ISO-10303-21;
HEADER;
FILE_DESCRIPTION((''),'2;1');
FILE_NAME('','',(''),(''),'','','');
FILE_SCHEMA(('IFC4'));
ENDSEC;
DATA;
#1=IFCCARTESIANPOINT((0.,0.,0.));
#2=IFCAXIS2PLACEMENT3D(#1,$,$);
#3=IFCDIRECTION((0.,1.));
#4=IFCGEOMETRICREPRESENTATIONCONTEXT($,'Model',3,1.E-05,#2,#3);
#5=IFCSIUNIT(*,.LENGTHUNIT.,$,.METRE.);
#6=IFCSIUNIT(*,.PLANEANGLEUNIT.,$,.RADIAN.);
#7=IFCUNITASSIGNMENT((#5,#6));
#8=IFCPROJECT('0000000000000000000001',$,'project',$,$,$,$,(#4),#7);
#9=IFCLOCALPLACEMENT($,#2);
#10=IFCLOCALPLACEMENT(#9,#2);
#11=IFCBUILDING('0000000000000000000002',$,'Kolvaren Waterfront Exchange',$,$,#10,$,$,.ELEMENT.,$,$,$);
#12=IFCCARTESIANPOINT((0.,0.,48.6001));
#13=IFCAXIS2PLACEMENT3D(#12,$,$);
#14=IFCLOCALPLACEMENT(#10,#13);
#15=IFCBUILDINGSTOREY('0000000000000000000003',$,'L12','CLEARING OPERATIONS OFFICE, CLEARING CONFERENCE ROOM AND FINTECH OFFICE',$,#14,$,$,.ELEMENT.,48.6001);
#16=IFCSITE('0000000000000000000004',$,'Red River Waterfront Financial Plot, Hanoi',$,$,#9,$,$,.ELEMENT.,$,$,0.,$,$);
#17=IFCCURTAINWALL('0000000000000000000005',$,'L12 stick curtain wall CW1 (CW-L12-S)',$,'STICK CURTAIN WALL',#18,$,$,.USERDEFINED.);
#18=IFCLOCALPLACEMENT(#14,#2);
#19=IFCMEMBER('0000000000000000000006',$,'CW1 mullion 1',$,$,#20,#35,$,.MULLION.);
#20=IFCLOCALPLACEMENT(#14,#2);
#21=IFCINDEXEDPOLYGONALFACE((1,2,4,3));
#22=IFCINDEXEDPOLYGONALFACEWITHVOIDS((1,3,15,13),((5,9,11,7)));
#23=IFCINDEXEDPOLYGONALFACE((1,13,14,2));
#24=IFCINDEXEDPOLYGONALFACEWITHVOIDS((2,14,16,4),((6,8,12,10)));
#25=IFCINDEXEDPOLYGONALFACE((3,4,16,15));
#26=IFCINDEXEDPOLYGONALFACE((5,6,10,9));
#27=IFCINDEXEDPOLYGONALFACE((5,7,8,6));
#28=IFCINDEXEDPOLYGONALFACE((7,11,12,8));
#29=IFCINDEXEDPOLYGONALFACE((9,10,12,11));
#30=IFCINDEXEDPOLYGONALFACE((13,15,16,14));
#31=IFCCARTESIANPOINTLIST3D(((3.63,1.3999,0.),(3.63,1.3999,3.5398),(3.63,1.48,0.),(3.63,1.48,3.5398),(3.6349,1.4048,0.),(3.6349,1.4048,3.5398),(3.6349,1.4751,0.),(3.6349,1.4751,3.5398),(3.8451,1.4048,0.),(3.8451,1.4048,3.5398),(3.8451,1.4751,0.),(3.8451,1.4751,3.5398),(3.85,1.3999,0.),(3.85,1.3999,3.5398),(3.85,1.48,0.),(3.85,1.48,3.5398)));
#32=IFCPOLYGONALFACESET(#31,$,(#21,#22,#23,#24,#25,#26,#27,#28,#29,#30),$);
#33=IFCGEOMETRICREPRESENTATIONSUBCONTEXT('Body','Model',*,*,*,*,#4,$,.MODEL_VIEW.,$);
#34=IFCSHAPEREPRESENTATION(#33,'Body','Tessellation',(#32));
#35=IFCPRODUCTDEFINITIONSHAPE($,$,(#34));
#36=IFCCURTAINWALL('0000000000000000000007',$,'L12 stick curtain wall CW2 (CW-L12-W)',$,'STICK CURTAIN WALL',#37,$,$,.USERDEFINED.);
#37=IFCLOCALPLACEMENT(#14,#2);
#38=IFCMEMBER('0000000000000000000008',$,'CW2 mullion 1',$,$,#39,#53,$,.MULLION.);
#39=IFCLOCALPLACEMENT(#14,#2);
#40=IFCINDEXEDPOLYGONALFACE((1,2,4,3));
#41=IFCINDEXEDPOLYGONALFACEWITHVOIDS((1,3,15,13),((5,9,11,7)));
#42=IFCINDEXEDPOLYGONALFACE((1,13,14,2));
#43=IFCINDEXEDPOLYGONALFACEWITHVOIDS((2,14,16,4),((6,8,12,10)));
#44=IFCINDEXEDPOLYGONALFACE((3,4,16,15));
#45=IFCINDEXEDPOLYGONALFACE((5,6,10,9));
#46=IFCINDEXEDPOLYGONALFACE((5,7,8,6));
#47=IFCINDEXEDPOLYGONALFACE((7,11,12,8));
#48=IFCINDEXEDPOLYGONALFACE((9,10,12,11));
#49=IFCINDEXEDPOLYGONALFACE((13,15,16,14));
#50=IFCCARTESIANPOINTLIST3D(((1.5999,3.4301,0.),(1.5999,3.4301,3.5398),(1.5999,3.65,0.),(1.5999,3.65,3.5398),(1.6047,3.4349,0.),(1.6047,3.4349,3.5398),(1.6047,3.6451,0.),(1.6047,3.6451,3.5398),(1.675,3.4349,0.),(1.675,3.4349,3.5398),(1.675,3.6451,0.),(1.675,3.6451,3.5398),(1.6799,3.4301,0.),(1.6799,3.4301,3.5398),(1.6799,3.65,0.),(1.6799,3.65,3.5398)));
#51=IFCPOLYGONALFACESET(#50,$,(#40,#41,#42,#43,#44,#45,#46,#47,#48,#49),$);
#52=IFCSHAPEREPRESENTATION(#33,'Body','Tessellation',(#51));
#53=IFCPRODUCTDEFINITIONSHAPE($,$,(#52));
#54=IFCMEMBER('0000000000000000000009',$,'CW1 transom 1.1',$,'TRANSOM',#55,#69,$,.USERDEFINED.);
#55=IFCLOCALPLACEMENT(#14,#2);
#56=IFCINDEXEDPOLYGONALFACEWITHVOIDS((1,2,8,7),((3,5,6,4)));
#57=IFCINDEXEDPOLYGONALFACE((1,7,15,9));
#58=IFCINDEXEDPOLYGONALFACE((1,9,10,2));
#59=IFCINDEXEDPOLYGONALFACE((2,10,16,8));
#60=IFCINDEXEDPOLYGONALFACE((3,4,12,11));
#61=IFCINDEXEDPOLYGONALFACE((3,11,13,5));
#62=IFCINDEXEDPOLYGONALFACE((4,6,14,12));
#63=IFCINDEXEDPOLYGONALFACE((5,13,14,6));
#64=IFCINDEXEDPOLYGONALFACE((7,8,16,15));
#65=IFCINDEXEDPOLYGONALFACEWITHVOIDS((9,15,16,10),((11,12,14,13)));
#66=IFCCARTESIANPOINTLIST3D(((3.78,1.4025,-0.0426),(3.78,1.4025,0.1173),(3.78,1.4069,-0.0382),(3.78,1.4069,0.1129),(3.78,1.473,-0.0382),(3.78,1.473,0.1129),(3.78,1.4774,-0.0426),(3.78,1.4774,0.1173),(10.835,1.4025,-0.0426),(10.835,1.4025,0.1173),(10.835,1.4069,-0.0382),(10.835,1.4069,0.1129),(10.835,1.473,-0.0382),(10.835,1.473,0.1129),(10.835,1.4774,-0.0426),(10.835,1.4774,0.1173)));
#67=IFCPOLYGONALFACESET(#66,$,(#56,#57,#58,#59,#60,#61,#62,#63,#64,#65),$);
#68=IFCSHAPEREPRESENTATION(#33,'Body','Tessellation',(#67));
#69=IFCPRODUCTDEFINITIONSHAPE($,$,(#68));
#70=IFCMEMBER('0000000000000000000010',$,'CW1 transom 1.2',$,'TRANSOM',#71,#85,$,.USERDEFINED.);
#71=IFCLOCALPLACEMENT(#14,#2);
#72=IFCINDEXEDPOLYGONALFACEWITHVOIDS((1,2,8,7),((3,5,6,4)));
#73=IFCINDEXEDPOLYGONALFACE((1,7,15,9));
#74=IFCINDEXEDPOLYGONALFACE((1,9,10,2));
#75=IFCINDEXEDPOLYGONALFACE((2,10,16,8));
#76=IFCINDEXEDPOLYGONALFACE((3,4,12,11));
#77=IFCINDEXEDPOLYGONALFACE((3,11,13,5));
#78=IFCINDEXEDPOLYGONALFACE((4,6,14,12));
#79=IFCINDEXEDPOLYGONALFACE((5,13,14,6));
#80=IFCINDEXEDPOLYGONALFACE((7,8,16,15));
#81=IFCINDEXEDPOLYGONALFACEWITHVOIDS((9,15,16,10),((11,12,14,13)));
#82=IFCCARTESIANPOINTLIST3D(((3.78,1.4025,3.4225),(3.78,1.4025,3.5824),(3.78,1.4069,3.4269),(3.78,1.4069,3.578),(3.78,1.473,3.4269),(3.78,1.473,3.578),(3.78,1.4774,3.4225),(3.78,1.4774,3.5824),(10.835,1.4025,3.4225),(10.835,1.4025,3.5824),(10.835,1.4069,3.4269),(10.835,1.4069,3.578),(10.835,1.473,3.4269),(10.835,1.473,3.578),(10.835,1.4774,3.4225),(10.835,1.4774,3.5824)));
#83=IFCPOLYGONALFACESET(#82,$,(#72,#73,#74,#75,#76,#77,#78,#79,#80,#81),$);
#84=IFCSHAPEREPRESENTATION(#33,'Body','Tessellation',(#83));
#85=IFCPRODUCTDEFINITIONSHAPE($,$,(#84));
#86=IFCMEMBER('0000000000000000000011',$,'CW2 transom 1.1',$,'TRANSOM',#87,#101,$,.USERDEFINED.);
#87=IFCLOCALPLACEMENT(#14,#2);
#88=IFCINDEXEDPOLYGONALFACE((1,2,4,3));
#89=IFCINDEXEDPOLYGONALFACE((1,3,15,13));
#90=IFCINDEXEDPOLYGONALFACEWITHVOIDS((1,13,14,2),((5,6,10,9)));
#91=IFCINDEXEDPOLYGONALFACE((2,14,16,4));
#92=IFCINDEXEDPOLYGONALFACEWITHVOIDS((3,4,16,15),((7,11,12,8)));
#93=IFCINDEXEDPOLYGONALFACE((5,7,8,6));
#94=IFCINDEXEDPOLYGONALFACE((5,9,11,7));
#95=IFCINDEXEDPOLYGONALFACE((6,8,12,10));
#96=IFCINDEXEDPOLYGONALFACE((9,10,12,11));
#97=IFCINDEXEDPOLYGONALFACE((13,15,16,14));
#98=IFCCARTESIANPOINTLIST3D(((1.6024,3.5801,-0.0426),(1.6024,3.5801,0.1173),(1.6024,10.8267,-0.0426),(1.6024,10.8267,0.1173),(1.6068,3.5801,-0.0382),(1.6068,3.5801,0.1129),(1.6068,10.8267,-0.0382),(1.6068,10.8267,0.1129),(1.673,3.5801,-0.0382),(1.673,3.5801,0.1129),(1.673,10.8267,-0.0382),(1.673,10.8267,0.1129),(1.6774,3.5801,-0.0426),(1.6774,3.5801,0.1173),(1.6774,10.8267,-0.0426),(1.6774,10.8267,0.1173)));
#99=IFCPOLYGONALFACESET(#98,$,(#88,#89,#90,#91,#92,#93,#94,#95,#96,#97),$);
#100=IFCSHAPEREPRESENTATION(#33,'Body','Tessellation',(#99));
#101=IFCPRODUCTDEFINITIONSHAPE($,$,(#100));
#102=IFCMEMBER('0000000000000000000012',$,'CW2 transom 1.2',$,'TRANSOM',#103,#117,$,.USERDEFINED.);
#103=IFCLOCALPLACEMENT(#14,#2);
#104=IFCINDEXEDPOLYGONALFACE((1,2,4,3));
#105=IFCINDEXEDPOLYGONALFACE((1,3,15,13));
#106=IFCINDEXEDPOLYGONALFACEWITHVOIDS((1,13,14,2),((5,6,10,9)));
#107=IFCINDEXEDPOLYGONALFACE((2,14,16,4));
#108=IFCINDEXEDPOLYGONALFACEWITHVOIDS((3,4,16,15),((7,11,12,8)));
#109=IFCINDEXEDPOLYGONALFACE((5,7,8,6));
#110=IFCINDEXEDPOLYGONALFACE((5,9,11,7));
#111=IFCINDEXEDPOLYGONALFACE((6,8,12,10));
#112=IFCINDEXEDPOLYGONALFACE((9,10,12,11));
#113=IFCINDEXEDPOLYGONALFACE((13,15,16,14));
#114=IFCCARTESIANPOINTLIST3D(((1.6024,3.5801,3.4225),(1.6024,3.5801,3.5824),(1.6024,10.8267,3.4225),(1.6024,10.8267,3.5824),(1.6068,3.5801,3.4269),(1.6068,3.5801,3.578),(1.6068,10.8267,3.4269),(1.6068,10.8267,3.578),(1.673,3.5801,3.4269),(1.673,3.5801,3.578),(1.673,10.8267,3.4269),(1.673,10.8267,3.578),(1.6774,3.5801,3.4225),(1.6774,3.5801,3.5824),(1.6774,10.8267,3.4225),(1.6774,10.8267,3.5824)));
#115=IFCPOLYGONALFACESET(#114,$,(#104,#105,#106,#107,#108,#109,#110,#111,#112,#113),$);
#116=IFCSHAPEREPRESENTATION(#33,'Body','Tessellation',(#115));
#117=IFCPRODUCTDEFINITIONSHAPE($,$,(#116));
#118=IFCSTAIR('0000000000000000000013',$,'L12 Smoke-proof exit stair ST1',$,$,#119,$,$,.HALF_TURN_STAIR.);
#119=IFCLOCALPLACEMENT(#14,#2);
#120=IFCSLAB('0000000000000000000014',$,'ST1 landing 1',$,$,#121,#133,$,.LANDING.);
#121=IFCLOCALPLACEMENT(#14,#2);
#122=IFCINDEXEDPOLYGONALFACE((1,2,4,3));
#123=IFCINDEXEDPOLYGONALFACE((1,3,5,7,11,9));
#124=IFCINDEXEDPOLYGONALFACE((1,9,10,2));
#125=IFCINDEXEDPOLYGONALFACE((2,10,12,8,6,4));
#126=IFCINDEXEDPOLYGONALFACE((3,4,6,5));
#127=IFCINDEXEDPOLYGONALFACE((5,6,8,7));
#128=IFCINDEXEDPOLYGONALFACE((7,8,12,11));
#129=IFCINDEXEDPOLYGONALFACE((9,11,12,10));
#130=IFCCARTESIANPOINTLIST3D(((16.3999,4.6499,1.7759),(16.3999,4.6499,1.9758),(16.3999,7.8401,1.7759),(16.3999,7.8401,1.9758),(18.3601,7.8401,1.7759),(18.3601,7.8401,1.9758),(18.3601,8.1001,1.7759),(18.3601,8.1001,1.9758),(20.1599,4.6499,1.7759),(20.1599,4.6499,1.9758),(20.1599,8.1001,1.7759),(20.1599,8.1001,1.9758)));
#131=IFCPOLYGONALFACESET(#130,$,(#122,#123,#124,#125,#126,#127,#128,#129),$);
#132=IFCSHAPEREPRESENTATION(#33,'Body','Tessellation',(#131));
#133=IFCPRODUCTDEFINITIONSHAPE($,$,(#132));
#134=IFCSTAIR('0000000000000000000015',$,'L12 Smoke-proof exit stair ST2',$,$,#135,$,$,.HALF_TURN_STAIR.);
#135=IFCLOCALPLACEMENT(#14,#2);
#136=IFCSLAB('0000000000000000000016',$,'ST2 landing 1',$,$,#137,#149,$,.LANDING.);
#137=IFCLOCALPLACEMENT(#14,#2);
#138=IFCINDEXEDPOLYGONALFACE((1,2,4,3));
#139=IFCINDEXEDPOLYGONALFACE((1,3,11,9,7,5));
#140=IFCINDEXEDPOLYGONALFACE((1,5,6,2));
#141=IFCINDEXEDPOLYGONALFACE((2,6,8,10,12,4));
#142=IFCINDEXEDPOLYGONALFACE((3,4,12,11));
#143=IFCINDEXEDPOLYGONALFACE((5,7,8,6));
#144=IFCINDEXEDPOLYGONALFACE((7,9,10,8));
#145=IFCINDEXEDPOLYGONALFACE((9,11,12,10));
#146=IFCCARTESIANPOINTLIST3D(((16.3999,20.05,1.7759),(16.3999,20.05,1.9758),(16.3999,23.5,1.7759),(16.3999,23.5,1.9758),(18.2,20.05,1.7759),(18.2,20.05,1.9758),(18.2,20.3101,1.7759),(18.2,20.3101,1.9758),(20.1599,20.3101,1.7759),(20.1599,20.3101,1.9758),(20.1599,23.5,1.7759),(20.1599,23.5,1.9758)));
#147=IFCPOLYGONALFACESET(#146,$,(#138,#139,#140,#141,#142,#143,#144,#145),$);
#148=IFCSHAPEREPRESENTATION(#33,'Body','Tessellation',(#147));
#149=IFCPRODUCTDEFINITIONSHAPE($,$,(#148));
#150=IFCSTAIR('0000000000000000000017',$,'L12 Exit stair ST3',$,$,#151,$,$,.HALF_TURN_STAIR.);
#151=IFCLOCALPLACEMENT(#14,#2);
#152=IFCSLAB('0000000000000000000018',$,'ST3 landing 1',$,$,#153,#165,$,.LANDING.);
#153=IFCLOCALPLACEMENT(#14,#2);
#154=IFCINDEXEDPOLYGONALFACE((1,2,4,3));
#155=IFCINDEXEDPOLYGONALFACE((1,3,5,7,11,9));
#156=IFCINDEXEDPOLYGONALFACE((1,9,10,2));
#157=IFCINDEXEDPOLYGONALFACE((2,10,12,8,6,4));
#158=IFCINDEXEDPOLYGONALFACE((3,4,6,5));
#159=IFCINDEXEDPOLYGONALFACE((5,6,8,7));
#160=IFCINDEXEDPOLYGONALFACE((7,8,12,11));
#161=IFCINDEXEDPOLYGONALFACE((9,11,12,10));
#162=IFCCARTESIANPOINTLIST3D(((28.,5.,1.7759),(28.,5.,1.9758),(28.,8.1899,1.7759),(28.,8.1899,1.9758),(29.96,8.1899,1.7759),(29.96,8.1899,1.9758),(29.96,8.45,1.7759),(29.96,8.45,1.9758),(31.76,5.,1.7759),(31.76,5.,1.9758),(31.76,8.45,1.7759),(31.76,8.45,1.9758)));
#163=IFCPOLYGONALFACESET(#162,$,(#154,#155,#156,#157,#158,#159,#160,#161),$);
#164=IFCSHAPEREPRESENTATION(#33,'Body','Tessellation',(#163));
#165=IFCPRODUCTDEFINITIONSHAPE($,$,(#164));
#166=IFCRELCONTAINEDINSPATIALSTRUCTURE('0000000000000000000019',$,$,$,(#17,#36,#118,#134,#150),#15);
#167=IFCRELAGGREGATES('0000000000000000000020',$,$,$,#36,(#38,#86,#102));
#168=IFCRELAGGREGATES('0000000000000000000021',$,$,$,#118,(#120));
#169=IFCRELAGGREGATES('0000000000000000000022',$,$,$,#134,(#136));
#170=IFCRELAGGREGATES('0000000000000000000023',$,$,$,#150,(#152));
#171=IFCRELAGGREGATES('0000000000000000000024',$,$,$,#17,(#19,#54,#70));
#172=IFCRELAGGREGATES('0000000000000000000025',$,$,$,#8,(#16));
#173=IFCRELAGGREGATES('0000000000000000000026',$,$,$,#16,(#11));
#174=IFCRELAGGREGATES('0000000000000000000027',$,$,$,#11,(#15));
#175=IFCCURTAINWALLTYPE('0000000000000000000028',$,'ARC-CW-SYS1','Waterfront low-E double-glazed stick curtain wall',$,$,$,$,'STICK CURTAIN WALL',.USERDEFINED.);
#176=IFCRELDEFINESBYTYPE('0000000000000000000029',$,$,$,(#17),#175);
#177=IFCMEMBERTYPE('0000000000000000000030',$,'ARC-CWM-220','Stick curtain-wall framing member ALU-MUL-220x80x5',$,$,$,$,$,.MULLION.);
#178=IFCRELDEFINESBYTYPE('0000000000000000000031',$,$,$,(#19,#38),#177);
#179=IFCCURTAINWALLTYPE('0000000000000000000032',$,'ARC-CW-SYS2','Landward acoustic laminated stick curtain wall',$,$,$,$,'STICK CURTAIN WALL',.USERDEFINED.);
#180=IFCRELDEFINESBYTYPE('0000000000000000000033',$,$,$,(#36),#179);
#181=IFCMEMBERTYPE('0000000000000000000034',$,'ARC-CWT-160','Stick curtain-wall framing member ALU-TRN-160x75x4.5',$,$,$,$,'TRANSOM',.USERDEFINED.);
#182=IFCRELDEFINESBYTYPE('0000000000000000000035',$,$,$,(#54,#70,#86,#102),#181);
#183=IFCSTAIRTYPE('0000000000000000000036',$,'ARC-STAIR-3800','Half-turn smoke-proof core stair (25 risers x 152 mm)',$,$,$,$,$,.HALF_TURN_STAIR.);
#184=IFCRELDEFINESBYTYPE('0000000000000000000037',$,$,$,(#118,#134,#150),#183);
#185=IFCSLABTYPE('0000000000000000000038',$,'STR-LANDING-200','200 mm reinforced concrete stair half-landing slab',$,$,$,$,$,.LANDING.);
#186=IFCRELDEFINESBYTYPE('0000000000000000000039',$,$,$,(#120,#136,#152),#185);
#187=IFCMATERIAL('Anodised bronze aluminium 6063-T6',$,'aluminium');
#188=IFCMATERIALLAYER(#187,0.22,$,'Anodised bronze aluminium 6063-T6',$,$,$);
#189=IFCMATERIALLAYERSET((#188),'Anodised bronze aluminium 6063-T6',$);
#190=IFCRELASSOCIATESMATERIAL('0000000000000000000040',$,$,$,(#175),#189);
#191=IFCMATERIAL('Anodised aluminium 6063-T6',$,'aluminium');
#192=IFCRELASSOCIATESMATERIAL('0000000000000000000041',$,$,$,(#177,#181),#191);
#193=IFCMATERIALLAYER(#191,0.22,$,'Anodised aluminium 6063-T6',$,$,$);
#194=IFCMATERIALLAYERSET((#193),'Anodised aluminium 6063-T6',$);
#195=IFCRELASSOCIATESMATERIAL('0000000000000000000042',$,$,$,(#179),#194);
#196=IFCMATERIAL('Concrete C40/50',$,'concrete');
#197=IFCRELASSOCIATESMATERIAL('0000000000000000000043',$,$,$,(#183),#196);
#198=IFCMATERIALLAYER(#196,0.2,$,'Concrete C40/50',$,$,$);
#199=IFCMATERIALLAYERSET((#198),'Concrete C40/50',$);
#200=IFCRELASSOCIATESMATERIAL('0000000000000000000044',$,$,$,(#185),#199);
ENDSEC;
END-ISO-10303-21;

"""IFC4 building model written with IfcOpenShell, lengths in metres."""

from ifc_helpers import new_model, si_unit, direction, frame, origin, origin_with_axes, origin_2d, place, context, subcontext, project, spatial, polyline, hollow_rectangle, outline, extrude, source, transform, mapped, material, layer, layer_set, material_profile, profile_set, type_object, element, aggregate, save


model = new_model("IFC4")

# Units and contexts
model_context = context("Model", 3, precision=1e-05, world=origin(), true_north=direction((0.0, 1.0)))
body_context = subcontext(model_context, "Body", "Model", "MODEL_VIEW")
ifc_project = project(units=[si_unit("LENGTHUNIT", "METRE"), si_unit("PLANEANGLEUNIT", "RADIAN")], contexts=[model_context])

# Site, building, storey
site_placement = place(None, origin())
site = spatial("IfcSite", under=ifc_project, at=site_placement, Name="Red River Waterfront Financial Plot, Hanoi", CompositionType="ELEMENT", RefElevation=0.0)
building_placement = place(site_placement, origin())
building = spatial("IfcBuilding", under=site, at=building_placement, Name="Kolvaren Waterfront Exchange", CompositionType="ELEMENT")
storey_placement = place(building_placement, frame((0.0, 0.0, 48.6001)))
storey = spatial("IfcBuildingStorey", under=building, at=storey_placement, Name="L12", Description="CLEARING OPERATIONS OFFICE, CLEARING CONFERENCE ROOM AND FINTECH OFFICE", CompositionType="ELEMENT", Elevation=48.6001)

# Curtain walls, members
ifc_material_1 = material(Name="Anodised bronze aluminium 6063-T6", Category="aluminium")
ifc_layer_1 = layer(ifc_material_1, 0.22, Name="Anodised bronze aluminium 6063-T6")
ifc_layer_set_1 = layer_set([ifc_layer_1], Name="Anodised bronze aluminium 6063-T6")
curtain_wall_type_1 = type_object("IfcCurtainWallType", Name="ARC-CW-SYS1", Description="Waterfront low-E double-glazed stick curtain wall", ElementType="STICK CURTAIN WALL", PredefinedType="USERDEFINED", material=ifc_layer_set_1)
curtain_wall_1_placement = place(storey_placement, origin())
curtain_wall_1 = element("IfcCurtainWall", 1, at=curtain_wall_1_placement, inside=storey, type_object=curtain_wall_type_1, Name="L12 stick curtain wall CW1 (CW-L12-S)", ObjectType="STICK CURTAIN WALL", PredefinedType="USERDEFINED")
ifc_material_2 = material(Name="Anodised aluminium 6063-T6", Category="aluminium")
ifc_material_profile_1 = material_profile(ifc_material_2, hollow_rectangle(XDim=0.0801, YDim=0.22, WallThickness=0.0049, at=origin_2d()), Name="ALU-MUL-220x80x5")
ifc_profile_set_1 = profile_set([ifc_material_profile_1], Name="Anodised aluminium 6063-T6")
member_type_1 = type_object("IfcMemberType", Name="ARC-CWM-220", Description="Stick curtain-wall framing member ALU-MUL-220x80x5", PredefinedType="MULLION", material=ifc_profile_set_1)
shared_shape_1 = source(origin_with_axes(), body_context, "Body", "SweptSolid", [
    extrude(hollow_rectangle(XDim=0.0801, YDim=0.22, WallThickness=0.0049, at=origin_2d()), origin(), (0.0, 0.0, 1.0), 3.5398),
])
member_1_placement = place(storey_placement, frame((3.74, 1.4399, 0.0), z_axis=(0.0, 0.0, 1.0), x_axis=(0.0, 1.0, 0.0)))
member_1 = element("IfcMember", 2, at=member_1_placement, type_object=member_type_1, Name="CW1 mullion 1", PredefinedType="MULLION", context=body_context, shape_type="MappedRepresentation", body=[
    mapped(shared_shape_1, transform((0.0, 0.0, 0.0), x_axis=(1.0, 0.0, 0.0), y_axis=(0.0, 1.0, 0.0), z_axis=(0.0, 0.0, 1.0), scale=1.0)),
])
ifc_layer_2 = layer(ifc_material_2, 0.22, Name="Anodised aluminium 6063-T6")
ifc_layer_set_2 = layer_set([ifc_layer_2], Name="Anodised aluminium 6063-T6")
curtain_wall_type_2 = type_object("IfcCurtainWallType", Name="ARC-CW-SYS2", Description="Landward acoustic laminated stick curtain wall", ElementType="STICK CURTAIN WALL", PredefinedType="USERDEFINED", material=ifc_layer_set_2)
curtain_wall_2_placement = place(storey_placement, origin())
curtain_wall_2 = element("IfcCurtainWall", 3, at=curtain_wall_2_placement, inside=storey, type_object=curtain_wall_type_2, Name="L12 stick curtain wall CW2 (CW-L12-W)", ObjectType="STICK CURTAIN WALL", PredefinedType="USERDEFINED")
member_2_placement = place(storey_placement, frame((1.6399, 3.54, 0.0), z_axis=(0.0, 0.0, 1.0), x_axis=(-1.0, 0.0, 0.0)))
member_2 = element("IfcMember", 4, at=member_2_placement, type_object=member_type_1, Name="CW2 mullion 1", PredefinedType="MULLION", context=body_context, shape_type="MappedRepresentation", body=[
    mapped(shared_shape_1, transform((0.0, 0.0, 0.0), x_axis=(1.0, 0.0, 0.0), y_axis=(0.0, 1.0, 0.0), z_axis=(0.0, 0.0, 1.0), scale=1.0)),
])

# Members
ifc_material_profile_2 = material_profile(ifc_material_2, hollow_rectangle(XDim=0.075, YDim=0.1599, WallThickness=0.0044, at=origin_2d()), Name="ALU-TRN-160x75x4.5")
ifc_profile_set_2 = profile_set([ifc_material_profile_2], Name="Anodised aluminium 6063-T6")
member_type_2 = type_object("IfcMemberType", Name="ARC-CWT-160", Description="Stick curtain-wall framing member ALU-TRN-160x75x4.5", ElementType="TRANSOM", PredefinedType="USERDEFINED", material=ifc_profile_set_2)
shared_shape_2 = source(origin_with_axes(), body_context, "Body", "SweptSolid", [
    extrude(hollow_rectangle(XDim=0.075, YDim=0.1599, WallThickness=0.0044, at=origin_2d()), origin(), (0.0, 0.0, 1.0), 7.0549),
])
member_3_placement = place(storey_placement, frame((3.78, 1.4399, 0.0374), z_axis=(1.0, 0.0, 0.0), x_axis=(0.0, 1.0, 0.0)))
member_3 = element("IfcMember", 5, at=member_3_placement, type_object=member_type_2, Name="CW1 transom 1.1", ObjectType="TRANSOM", PredefinedType="USERDEFINED", context=body_context, shape_type="MappedRepresentation", body=[
    mapped(shared_shape_2, transform((0.0, 0.0, 0.0), x_axis=(1.0, 0.0, 0.0), y_axis=(0.0, 1.0, 0.0), z_axis=(0.0, 0.0, 1.0), scale=1.0)),
])
member_4_placement = place(storey_placement, frame((3.78, 1.4399, 3.5024), z_axis=(1.0, 0.0, 0.0), x_axis=(0.0, 1.0, 0.0)))
member_4 = element("IfcMember", 6, at=member_4_placement, type_object=member_type_2, Name="CW1 transom 1.2", ObjectType="TRANSOM", PredefinedType="USERDEFINED", context=body_context, shape_type="MappedRepresentation", body=[
    mapped(shared_shape_2, transform((0.0, 0.0, 0.0), x_axis=(1.0, 0.0, 0.0), y_axis=(0.0, 1.0, 0.0), z_axis=(0.0, 0.0, 1.0), scale=1.0)),
])
shared_shape_3 = source(origin_with_axes(), body_context, "Body", "SweptSolid", [
    extrude(hollow_rectangle(XDim=0.075, YDim=0.1599, WallThickness=0.0044, at=origin_2d()), origin(), (0.0, 0.0, 1.0), 7.2466),
])
member_5_placement = place(storey_placement, frame((1.6399, 3.5801, 0.0374), z_axis=(0.0, 1.0, 0.0), x_axis=(-1.0, 0.0, 0.0)))
member_5 = element("IfcMember", 7, at=member_5_placement, type_object=member_type_2, Name="CW2 transom 1.1", ObjectType="TRANSOM", PredefinedType="USERDEFINED", context=body_context, shape_type="MappedRepresentation", body=[
    mapped(shared_shape_3, transform((0.0, 0.0, 0.0), x_axis=(1.0, 0.0, 0.0), y_axis=(0.0, 1.0, 0.0), z_axis=(0.0, 0.0, 1.0), scale=1.0)),
])
member_6_placement = place(storey_placement, frame((1.6399, 3.5801, 3.5024), z_axis=(0.0, 1.0, 0.0), x_axis=(-1.0, 0.0, 0.0)))
member_6 = element("IfcMember", 8, at=member_6_placement, type_object=member_type_2, Name="CW2 transom 1.2", ObjectType="TRANSOM", PredefinedType="USERDEFINED", context=body_context, shape_type="MappedRepresentation", body=[
    mapped(shared_shape_3, transform((0.0, 0.0, 0.0), x_axis=(1.0, 0.0, 0.0), y_axis=(0.0, 1.0, 0.0), z_axis=(0.0, 0.0, 1.0), scale=1.0)),
])
aggregate(curtain_wall_2, [member_2, member_5, member_6])

# Stairs, slabs
ifc_material_3 = material(Name="Concrete C40/50", Category="concrete")
stair_type = type_object("IfcStairType", Name="ARC-STAIR-3800", Description="Half-turn smoke-proof core stair (25 risers x 152 mm)", PredefinedType="HALF_TURN_STAIR", material=ifc_material_3)
stair_1_placement = place(storey_placement, origin())
stair_1 = element("IfcStair", 9, at=stair_1_placement, inside=storey, type_object=stair_type, Name="L12 Smoke-proof exit stair ST1", PredefinedType="HALF_TURN_STAIR")
ifc_layer_3 = layer(ifc_material_3, 0.2, Name="Concrete C40/50")
ifc_layer_set_3 = layer_set([ifc_layer_3], Name="Concrete C40/50")
slab_type_1 = type_object("IfcSlabType", Name="STR-LANDING-200", Description="200 mm reinforced concrete stair half-landing slab", PredefinedType="LANDING", material=ifc_layer_set_3)
slab_1_placement = place(storey_placement, frame((0.0, 0.0, 1.7759)))
slab_1 = element("IfcSlab", 10, at=slab_1_placement, type_object=slab_type_1, Name="ST1 landing 1", PredefinedType="LANDING", context=body_context, shape_type="SweptSolid", body=[
    extrude(outline(polyline([(16.3999, 7.8401), (16.3999, 4.6499), (20.1599, 4.6499), (20.1599, 8.1001), (18.3601, 8.1001), (18.3601, 7.8401), (16.3999, 7.8401)])), origin(), (0.0, 0.0, 1.0), 0.2),
])
aggregate(stair_1, [slab_1])
stair_2_placement = place(storey_placement, origin())
stair_2 = element("IfcStair", 11, at=stair_2_placement, inside=storey, type_object=stair_type, Name="L12 Smoke-proof exit stair ST2", PredefinedType="HALF_TURN_STAIR")
slab_2_placement = place(storey_placement, frame((0.0, 0.0, 1.7759)))
slab_2 = element("IfcSlab", 12, at=slab_2_placement, type_object=slab_type_1, Name="ST2 landing 1", PredefinedType="LANDING", context=body_context, shape_type="SweptSolid", body=[
    extrude(outline(polyline([(20.1599, 20.3101), (20.1599, 23.5), (16.3999, 23.5), (16.3999, 20.05), (18.2, 20.05), (18.2, 20.3101), (20.1599, 20.3101)])), origin(), (0.0, 0.0, 1.0), 0.2),
])
aggregate(stair_2, [slab_2])
stair_3_placement = place(storey_placement, origin())
stair_3 = element("IfcStair", 13, at=stair_3_placement, inside=storey, type_object=stair_type, Name="L12 Exit stair ST3", PredefinedType="HALF_TURN_STAIR")
slab_3_placement = place(storey_placement, frame((0.0, 0.0, 1.7759)))
slab_3 = element("IfcSlab", 14, at=slab_3_placement, type_object=slab_type_1, Name="ST3 landing 1", PredefinedType="LANDING", context=body_context, shape_type="SweptSolid", body=[
    extrude(outline(polyline([(28.0, 8.1899), (28.0, 5.0), (31.76, 5.0), (31.76, 8.45), (29.96, 8.45), (29.96, 8.1899), (28.0, 8.1899)])), origin(), (0.0, 0.0, 1.0), 0.2),
])
aggregate(stair_3, [slab_3])

aggregate(curtain_wall_1, [member_1, member_3, member_4])

save(model, "model.ifc")
